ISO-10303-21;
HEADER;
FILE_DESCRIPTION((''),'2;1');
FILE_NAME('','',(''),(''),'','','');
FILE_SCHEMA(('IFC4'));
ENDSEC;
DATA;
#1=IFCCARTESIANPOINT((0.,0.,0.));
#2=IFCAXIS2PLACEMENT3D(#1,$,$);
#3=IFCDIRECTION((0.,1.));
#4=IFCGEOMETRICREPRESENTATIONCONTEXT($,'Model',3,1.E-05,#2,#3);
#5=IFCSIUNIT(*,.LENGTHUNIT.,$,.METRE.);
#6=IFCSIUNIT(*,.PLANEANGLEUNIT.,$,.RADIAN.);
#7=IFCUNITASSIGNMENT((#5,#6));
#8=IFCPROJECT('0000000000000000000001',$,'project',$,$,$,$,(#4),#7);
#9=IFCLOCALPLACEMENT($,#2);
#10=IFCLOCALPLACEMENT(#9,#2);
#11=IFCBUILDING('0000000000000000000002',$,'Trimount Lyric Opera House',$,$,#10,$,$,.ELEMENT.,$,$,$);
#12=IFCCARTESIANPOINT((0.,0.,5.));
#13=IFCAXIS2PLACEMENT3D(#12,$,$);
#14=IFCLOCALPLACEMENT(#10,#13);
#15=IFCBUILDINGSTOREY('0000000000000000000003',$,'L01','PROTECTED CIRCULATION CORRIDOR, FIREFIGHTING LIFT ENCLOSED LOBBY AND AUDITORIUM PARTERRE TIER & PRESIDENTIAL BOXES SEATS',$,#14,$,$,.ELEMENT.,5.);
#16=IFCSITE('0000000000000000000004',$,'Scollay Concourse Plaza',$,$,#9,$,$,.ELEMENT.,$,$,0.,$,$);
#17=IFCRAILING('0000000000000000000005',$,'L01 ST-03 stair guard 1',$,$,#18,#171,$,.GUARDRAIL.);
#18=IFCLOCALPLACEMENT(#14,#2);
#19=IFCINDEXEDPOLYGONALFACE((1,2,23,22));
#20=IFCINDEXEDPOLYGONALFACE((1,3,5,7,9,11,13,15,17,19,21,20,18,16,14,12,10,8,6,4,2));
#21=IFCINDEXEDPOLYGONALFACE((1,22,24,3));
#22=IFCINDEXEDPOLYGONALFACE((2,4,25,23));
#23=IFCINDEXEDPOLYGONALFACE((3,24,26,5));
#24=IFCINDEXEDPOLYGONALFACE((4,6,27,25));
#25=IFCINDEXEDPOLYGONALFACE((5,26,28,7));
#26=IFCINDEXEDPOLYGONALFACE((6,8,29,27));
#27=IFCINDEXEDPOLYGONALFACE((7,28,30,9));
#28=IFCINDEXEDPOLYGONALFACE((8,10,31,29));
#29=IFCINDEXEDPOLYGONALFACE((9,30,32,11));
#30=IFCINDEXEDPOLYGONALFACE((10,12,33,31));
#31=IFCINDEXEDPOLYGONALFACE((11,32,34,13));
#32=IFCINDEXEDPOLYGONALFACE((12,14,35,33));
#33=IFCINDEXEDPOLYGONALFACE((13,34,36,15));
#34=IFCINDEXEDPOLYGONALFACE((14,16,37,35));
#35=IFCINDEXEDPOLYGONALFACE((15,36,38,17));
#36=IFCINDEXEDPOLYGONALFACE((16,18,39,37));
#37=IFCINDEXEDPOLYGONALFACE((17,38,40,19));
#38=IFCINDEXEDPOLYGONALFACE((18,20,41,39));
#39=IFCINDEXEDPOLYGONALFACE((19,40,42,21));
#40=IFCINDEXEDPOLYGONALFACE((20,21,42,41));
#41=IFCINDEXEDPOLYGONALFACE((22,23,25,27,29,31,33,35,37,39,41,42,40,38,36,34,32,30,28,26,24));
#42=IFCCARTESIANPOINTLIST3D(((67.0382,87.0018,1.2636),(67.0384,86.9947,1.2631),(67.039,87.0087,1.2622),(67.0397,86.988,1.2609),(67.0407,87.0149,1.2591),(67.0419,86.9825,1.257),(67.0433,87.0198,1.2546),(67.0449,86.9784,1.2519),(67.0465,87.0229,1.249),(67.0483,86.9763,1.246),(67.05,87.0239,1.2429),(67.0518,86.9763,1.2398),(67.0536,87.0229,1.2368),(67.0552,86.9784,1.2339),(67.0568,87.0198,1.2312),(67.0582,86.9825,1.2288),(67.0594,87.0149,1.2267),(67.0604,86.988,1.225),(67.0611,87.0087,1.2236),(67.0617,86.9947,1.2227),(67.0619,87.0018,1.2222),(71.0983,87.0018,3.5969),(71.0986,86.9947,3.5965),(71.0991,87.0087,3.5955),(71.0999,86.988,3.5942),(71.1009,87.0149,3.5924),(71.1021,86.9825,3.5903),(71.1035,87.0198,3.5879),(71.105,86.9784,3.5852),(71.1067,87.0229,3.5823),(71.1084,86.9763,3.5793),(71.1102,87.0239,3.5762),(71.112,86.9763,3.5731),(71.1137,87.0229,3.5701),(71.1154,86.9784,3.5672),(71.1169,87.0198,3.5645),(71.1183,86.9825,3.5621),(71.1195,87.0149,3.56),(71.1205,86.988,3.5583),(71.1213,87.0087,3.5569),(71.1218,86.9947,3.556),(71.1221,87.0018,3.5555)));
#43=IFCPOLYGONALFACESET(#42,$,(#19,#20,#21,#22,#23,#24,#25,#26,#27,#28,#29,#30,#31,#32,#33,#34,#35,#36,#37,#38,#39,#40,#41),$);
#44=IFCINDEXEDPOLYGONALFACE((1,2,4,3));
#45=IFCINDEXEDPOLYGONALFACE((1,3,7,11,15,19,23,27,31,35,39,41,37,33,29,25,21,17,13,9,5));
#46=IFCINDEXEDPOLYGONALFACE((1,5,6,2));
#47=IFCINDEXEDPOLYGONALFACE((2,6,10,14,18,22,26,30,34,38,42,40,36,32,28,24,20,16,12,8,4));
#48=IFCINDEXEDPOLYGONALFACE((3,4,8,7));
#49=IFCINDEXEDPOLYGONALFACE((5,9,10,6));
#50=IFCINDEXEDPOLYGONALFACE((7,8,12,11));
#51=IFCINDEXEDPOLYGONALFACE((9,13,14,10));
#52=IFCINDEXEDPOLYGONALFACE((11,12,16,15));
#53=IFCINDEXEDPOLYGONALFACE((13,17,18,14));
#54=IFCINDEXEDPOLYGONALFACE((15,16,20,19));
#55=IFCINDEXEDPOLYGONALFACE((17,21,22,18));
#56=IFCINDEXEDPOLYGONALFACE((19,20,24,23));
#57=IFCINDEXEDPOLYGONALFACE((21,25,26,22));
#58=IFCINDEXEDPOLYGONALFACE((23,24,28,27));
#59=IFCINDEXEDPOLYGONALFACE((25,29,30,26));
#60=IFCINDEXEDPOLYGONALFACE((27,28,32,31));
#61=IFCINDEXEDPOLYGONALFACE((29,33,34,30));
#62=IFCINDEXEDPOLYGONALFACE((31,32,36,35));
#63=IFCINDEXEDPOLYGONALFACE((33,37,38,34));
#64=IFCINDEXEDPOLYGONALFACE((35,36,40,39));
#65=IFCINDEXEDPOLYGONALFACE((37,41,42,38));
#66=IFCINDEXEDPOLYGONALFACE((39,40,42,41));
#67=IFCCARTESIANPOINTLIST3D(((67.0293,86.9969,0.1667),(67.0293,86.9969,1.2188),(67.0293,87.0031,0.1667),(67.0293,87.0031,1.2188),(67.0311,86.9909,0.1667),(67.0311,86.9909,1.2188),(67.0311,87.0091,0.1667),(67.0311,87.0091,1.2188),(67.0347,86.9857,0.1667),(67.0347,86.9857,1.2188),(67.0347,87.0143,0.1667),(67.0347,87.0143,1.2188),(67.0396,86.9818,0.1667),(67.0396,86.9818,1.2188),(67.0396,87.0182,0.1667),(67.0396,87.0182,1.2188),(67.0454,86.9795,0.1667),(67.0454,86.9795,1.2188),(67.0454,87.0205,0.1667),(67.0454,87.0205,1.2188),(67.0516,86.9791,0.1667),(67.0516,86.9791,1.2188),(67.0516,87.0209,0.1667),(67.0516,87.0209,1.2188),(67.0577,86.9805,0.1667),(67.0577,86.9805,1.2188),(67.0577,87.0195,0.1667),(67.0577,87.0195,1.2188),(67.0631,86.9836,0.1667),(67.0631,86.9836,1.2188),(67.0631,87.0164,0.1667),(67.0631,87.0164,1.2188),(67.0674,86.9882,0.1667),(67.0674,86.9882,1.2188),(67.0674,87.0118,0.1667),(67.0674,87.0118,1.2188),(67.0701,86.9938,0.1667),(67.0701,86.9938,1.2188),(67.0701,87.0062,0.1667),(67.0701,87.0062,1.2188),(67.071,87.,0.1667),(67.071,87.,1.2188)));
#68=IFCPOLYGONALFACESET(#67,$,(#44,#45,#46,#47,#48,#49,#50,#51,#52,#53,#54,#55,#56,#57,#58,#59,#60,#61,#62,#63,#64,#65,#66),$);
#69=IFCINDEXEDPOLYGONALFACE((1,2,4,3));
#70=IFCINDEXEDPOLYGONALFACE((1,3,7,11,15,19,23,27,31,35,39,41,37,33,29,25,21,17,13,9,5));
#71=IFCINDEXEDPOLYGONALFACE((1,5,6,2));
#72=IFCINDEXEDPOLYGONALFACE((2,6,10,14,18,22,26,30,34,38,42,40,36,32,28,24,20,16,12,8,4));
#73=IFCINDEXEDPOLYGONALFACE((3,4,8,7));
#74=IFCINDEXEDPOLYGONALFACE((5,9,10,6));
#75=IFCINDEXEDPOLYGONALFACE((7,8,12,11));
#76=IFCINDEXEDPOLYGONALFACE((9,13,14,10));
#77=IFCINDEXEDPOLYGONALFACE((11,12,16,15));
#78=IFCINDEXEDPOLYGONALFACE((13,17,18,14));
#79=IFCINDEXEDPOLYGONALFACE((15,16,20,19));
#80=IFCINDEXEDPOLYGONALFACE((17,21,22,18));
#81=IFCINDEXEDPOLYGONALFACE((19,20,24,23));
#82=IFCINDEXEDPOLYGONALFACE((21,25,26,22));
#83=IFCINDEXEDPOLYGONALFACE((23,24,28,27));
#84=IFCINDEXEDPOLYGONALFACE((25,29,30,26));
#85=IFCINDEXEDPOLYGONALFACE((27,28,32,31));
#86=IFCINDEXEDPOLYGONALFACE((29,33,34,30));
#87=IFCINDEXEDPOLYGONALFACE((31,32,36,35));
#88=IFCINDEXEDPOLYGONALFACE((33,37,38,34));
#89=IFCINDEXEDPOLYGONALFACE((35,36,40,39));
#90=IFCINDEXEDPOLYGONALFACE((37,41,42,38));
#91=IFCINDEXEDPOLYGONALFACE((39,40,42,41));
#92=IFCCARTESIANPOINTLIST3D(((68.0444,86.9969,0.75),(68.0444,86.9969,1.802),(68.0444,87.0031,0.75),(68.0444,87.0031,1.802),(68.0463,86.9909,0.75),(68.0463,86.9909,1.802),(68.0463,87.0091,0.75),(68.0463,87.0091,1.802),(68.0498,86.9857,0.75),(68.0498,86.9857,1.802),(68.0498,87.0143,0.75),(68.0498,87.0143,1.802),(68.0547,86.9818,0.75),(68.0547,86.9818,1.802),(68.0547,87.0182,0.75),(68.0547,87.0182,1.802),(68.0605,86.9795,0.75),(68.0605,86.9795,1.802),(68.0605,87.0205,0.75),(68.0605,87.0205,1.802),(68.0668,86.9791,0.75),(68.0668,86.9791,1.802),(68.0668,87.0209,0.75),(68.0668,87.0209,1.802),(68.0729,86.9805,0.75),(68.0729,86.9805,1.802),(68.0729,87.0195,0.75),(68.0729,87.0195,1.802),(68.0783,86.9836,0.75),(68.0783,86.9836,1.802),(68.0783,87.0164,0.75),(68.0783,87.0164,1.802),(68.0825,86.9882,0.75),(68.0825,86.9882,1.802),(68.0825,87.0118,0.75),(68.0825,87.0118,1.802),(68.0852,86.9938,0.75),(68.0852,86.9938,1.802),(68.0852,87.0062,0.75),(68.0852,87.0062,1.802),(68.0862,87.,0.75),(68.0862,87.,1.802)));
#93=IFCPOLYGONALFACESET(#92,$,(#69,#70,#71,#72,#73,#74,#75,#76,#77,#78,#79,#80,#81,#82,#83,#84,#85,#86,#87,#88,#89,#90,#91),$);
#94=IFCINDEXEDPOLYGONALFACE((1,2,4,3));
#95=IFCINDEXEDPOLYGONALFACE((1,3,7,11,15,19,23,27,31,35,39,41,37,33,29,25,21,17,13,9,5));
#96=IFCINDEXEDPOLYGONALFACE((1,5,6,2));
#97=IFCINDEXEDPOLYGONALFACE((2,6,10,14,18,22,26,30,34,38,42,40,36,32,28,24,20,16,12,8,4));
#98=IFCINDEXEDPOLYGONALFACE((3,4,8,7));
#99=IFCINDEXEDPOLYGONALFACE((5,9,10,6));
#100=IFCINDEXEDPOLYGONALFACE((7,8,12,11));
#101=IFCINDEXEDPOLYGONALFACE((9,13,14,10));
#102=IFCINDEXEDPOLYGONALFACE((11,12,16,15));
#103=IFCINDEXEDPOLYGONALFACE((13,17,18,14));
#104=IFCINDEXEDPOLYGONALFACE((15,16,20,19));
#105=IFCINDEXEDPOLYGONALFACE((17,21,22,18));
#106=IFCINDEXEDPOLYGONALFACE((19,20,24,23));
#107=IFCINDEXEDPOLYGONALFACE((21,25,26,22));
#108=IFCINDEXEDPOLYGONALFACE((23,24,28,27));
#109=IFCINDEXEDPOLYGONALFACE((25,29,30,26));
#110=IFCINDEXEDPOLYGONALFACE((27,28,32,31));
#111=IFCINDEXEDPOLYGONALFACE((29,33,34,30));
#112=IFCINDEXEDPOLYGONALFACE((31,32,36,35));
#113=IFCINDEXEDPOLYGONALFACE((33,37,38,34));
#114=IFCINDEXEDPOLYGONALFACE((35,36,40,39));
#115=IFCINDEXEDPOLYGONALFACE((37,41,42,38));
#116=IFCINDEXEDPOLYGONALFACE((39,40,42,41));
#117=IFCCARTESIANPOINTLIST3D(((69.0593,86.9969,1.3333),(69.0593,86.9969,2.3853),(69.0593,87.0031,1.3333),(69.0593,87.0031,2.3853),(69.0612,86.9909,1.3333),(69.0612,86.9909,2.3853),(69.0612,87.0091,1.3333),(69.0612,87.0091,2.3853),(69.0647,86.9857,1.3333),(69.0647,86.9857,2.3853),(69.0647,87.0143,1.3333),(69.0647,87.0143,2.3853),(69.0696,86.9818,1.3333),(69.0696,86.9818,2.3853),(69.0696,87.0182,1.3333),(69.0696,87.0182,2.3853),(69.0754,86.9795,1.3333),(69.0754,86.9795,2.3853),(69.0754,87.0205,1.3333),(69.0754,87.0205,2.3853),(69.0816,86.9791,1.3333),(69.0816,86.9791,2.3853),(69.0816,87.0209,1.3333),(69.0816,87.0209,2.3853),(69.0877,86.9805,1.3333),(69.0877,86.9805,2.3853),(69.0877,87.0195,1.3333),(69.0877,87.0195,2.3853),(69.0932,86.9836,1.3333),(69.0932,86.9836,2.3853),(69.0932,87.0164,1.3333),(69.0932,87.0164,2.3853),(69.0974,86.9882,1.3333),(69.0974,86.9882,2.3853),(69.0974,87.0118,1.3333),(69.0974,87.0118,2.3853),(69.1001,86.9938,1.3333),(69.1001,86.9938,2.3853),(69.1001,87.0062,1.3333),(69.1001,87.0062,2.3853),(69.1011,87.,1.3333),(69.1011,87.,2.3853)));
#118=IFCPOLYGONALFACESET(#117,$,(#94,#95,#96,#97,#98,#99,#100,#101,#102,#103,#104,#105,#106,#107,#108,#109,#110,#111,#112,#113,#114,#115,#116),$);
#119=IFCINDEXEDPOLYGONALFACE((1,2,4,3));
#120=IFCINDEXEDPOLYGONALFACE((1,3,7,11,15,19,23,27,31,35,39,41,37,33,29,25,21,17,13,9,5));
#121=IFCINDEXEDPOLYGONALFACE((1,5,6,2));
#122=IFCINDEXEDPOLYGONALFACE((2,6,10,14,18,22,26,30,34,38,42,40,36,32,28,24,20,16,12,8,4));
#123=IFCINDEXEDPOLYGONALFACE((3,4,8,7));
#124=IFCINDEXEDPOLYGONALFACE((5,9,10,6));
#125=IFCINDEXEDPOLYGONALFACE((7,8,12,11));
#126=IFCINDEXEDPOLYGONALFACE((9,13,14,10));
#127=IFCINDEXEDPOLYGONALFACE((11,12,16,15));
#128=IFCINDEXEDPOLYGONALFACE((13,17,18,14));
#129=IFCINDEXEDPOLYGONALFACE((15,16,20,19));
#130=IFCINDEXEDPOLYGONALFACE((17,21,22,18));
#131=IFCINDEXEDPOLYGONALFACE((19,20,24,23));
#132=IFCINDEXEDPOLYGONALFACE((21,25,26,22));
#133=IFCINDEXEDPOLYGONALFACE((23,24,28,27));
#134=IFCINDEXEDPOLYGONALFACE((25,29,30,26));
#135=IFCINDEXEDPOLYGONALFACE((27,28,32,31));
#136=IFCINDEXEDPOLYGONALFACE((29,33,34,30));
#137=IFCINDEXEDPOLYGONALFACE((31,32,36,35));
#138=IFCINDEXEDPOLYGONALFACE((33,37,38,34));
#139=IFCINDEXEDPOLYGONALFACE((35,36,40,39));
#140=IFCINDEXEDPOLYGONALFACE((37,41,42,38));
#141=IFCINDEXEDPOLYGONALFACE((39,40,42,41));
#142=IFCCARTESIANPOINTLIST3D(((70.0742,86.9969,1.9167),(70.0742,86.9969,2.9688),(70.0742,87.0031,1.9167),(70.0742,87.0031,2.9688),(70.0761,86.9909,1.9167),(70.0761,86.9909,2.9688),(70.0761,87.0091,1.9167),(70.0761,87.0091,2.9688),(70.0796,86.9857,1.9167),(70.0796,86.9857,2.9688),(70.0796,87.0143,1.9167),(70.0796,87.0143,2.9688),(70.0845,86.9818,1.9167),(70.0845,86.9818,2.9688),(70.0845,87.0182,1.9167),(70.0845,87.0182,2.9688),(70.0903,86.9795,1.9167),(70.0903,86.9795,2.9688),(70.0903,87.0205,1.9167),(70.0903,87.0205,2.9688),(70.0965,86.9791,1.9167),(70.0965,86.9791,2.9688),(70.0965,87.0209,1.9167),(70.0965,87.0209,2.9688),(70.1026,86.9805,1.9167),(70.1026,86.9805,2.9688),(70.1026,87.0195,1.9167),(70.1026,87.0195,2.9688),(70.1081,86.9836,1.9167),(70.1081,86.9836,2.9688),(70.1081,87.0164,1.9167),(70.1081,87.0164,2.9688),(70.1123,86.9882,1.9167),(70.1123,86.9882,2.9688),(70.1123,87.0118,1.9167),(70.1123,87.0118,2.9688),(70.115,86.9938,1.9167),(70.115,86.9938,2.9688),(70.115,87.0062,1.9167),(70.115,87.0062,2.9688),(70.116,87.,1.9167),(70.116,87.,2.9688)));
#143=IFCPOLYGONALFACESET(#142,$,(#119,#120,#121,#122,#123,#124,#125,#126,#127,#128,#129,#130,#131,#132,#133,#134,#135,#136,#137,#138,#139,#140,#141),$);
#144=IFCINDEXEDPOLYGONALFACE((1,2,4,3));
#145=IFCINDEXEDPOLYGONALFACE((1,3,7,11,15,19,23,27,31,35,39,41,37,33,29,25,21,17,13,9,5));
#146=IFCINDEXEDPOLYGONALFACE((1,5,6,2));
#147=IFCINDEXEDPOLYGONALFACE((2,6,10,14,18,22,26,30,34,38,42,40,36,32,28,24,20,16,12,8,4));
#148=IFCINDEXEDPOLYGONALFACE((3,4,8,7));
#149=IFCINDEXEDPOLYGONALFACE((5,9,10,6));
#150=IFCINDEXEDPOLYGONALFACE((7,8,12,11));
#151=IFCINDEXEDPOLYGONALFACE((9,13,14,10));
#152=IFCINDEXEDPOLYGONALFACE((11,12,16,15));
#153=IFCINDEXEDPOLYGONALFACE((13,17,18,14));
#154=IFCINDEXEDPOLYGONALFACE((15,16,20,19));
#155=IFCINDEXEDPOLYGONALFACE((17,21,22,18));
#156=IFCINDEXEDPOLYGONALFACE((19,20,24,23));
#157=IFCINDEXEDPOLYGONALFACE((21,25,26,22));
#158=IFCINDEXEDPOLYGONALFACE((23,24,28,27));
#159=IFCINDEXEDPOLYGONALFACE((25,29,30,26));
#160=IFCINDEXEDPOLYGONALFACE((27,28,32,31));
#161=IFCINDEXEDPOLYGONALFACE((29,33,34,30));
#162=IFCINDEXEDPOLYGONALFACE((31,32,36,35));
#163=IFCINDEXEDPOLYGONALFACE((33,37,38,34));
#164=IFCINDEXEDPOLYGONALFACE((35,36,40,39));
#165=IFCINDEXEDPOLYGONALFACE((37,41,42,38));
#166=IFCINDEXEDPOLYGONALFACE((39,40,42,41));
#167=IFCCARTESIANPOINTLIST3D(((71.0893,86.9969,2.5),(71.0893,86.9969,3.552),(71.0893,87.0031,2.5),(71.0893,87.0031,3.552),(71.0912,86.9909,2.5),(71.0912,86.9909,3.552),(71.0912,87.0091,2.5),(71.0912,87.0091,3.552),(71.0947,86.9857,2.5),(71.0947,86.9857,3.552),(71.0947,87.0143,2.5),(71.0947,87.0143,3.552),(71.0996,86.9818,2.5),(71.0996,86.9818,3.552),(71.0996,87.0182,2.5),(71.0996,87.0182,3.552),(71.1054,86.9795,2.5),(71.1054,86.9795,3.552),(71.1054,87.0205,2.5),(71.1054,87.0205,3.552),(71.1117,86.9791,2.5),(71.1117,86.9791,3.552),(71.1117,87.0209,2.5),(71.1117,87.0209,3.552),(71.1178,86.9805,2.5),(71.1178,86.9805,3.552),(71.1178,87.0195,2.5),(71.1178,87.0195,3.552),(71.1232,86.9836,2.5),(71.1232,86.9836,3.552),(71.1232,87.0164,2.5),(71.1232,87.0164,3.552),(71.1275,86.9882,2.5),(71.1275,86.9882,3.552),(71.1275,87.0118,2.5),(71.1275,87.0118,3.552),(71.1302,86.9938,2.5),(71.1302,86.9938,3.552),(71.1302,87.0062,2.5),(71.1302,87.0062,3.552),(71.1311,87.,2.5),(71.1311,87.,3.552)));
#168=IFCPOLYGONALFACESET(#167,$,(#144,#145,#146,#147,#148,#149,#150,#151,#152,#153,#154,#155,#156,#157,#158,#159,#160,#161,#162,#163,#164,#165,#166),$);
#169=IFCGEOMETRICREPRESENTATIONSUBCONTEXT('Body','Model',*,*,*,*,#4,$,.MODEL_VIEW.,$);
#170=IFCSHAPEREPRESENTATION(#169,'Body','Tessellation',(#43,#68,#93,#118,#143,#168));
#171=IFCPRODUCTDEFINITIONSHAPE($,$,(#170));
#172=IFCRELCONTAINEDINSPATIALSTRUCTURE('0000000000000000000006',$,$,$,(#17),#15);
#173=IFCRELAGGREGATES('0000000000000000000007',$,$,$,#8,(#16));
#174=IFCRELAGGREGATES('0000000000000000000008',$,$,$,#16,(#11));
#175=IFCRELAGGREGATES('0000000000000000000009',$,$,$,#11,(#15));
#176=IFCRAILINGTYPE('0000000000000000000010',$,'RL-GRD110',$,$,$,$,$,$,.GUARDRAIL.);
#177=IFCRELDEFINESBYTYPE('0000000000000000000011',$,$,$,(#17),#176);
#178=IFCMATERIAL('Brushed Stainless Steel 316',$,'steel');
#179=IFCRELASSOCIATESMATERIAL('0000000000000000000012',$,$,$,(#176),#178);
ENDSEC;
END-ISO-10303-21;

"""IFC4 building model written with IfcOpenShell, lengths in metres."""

from ifc_helpers import new_model, si_unit, direction, frame, origin, origin_2d, place, context, subcontext, project, spatial, circle, extrude, material, type_object, element, save


model = new_model("IFC4")

# Units and contexts
model_context = context("Model", 3, precision=1e-05, world=origin(), true_north=direction((0.0, 1.0)))
body_context = subcontext(model_context, "Body", "Model", "MODEL_VIEW")
ifc_project = project(units=[si_unit("LENGTHUNIT", "METRE"), si_unit("PLANEANGLEUNIT", "RADIAN")], contexts=[model_context])

# Site, building, storey
site_placement = place(None, origin())
site = spatial("IfcSite", under=ifc_project, at=site_placement, Name="Scollay Concourse Plaza", CompositionType="ELEMENT", RefElevation=0.0)
building_placement = place(site_placement, origin())
building = spatial("IfcBuilding", under=site, at=building_placement, Name="Trimount Lyric Opera House", CompositionType="ELEMENT")
storey_placement = place(building_placement, frame((0.0, 0.0, 5.0)))
storey = spatial("IfcBuildingStorey", under=building, at=storey_placement, Name="L01", Description="PROTECTED CIRCULATION CORRIDOR, FIREFIGHTING LIFT ENCLOSED LOBBY AND AUDITORIUM PARTERRE TIER & PRESIDENTIAL BOXES SEATS", CompositionType="ELEMENT", Elevation=5.0)

# Railing
ifc_material_1 = material(Name="Brushed Stainless Steel 316", Category="steel")
railing_type_1 = type_object("IfcRailingType", Name="RL-GRD110", PredefinedType="GUARDRAIL", material=ifc_material_1)
railing_1_placement = place(storey_placement, frame((67.05, 87.0, 0.1667)))
element("IfcRailing", 1, at=railing_1_placement, inside=storey, type_object=railing_type_1, Name="L01 ST-03 stair guard 1", PredefinedType="GUARDRAIL", context=body_context, shape_type="SweptSolid", body=[
    extrude(circle(Radius=0.0239, at=origin_2d()), frame((0.0, 0.0, 1.0762), z_axis=(0.867025, 0.0, 0.498265), x_axis=(0.0, 1.0, 0.0)), (0.0, 0.0, 1.0), 4.6829),
    extrude(circle(Radius=0.021, at=origin_2d()), origin(), (0.0, 0.0, 1.0), 1.052),
    extrude(circle(Radius=0.021, at=origin_2d()), frame((1.0151, 0.0, 0.5833)), (0.0, 0.0, 1.0), 1.052),
    extrude(circle(Radius=0.021, at=origin_2d()), frame((2.03, 0.0, 1.1665)), (0.0, 0.0, 1.0), 1.052),
    extrude(circle(Radius=0.021, at=origin_2d()), frame((3.0449, 0.0, 1.75)), (0.0, 0.0, 1.0), 1.052),
    extrude(circle(Radius=0.021, at=origin_2d()), frame((4.0601, 0.0, 2.3333)), (0.0, 0.0, 1.0), 1.052),
])

save(model, "model.ifc")
